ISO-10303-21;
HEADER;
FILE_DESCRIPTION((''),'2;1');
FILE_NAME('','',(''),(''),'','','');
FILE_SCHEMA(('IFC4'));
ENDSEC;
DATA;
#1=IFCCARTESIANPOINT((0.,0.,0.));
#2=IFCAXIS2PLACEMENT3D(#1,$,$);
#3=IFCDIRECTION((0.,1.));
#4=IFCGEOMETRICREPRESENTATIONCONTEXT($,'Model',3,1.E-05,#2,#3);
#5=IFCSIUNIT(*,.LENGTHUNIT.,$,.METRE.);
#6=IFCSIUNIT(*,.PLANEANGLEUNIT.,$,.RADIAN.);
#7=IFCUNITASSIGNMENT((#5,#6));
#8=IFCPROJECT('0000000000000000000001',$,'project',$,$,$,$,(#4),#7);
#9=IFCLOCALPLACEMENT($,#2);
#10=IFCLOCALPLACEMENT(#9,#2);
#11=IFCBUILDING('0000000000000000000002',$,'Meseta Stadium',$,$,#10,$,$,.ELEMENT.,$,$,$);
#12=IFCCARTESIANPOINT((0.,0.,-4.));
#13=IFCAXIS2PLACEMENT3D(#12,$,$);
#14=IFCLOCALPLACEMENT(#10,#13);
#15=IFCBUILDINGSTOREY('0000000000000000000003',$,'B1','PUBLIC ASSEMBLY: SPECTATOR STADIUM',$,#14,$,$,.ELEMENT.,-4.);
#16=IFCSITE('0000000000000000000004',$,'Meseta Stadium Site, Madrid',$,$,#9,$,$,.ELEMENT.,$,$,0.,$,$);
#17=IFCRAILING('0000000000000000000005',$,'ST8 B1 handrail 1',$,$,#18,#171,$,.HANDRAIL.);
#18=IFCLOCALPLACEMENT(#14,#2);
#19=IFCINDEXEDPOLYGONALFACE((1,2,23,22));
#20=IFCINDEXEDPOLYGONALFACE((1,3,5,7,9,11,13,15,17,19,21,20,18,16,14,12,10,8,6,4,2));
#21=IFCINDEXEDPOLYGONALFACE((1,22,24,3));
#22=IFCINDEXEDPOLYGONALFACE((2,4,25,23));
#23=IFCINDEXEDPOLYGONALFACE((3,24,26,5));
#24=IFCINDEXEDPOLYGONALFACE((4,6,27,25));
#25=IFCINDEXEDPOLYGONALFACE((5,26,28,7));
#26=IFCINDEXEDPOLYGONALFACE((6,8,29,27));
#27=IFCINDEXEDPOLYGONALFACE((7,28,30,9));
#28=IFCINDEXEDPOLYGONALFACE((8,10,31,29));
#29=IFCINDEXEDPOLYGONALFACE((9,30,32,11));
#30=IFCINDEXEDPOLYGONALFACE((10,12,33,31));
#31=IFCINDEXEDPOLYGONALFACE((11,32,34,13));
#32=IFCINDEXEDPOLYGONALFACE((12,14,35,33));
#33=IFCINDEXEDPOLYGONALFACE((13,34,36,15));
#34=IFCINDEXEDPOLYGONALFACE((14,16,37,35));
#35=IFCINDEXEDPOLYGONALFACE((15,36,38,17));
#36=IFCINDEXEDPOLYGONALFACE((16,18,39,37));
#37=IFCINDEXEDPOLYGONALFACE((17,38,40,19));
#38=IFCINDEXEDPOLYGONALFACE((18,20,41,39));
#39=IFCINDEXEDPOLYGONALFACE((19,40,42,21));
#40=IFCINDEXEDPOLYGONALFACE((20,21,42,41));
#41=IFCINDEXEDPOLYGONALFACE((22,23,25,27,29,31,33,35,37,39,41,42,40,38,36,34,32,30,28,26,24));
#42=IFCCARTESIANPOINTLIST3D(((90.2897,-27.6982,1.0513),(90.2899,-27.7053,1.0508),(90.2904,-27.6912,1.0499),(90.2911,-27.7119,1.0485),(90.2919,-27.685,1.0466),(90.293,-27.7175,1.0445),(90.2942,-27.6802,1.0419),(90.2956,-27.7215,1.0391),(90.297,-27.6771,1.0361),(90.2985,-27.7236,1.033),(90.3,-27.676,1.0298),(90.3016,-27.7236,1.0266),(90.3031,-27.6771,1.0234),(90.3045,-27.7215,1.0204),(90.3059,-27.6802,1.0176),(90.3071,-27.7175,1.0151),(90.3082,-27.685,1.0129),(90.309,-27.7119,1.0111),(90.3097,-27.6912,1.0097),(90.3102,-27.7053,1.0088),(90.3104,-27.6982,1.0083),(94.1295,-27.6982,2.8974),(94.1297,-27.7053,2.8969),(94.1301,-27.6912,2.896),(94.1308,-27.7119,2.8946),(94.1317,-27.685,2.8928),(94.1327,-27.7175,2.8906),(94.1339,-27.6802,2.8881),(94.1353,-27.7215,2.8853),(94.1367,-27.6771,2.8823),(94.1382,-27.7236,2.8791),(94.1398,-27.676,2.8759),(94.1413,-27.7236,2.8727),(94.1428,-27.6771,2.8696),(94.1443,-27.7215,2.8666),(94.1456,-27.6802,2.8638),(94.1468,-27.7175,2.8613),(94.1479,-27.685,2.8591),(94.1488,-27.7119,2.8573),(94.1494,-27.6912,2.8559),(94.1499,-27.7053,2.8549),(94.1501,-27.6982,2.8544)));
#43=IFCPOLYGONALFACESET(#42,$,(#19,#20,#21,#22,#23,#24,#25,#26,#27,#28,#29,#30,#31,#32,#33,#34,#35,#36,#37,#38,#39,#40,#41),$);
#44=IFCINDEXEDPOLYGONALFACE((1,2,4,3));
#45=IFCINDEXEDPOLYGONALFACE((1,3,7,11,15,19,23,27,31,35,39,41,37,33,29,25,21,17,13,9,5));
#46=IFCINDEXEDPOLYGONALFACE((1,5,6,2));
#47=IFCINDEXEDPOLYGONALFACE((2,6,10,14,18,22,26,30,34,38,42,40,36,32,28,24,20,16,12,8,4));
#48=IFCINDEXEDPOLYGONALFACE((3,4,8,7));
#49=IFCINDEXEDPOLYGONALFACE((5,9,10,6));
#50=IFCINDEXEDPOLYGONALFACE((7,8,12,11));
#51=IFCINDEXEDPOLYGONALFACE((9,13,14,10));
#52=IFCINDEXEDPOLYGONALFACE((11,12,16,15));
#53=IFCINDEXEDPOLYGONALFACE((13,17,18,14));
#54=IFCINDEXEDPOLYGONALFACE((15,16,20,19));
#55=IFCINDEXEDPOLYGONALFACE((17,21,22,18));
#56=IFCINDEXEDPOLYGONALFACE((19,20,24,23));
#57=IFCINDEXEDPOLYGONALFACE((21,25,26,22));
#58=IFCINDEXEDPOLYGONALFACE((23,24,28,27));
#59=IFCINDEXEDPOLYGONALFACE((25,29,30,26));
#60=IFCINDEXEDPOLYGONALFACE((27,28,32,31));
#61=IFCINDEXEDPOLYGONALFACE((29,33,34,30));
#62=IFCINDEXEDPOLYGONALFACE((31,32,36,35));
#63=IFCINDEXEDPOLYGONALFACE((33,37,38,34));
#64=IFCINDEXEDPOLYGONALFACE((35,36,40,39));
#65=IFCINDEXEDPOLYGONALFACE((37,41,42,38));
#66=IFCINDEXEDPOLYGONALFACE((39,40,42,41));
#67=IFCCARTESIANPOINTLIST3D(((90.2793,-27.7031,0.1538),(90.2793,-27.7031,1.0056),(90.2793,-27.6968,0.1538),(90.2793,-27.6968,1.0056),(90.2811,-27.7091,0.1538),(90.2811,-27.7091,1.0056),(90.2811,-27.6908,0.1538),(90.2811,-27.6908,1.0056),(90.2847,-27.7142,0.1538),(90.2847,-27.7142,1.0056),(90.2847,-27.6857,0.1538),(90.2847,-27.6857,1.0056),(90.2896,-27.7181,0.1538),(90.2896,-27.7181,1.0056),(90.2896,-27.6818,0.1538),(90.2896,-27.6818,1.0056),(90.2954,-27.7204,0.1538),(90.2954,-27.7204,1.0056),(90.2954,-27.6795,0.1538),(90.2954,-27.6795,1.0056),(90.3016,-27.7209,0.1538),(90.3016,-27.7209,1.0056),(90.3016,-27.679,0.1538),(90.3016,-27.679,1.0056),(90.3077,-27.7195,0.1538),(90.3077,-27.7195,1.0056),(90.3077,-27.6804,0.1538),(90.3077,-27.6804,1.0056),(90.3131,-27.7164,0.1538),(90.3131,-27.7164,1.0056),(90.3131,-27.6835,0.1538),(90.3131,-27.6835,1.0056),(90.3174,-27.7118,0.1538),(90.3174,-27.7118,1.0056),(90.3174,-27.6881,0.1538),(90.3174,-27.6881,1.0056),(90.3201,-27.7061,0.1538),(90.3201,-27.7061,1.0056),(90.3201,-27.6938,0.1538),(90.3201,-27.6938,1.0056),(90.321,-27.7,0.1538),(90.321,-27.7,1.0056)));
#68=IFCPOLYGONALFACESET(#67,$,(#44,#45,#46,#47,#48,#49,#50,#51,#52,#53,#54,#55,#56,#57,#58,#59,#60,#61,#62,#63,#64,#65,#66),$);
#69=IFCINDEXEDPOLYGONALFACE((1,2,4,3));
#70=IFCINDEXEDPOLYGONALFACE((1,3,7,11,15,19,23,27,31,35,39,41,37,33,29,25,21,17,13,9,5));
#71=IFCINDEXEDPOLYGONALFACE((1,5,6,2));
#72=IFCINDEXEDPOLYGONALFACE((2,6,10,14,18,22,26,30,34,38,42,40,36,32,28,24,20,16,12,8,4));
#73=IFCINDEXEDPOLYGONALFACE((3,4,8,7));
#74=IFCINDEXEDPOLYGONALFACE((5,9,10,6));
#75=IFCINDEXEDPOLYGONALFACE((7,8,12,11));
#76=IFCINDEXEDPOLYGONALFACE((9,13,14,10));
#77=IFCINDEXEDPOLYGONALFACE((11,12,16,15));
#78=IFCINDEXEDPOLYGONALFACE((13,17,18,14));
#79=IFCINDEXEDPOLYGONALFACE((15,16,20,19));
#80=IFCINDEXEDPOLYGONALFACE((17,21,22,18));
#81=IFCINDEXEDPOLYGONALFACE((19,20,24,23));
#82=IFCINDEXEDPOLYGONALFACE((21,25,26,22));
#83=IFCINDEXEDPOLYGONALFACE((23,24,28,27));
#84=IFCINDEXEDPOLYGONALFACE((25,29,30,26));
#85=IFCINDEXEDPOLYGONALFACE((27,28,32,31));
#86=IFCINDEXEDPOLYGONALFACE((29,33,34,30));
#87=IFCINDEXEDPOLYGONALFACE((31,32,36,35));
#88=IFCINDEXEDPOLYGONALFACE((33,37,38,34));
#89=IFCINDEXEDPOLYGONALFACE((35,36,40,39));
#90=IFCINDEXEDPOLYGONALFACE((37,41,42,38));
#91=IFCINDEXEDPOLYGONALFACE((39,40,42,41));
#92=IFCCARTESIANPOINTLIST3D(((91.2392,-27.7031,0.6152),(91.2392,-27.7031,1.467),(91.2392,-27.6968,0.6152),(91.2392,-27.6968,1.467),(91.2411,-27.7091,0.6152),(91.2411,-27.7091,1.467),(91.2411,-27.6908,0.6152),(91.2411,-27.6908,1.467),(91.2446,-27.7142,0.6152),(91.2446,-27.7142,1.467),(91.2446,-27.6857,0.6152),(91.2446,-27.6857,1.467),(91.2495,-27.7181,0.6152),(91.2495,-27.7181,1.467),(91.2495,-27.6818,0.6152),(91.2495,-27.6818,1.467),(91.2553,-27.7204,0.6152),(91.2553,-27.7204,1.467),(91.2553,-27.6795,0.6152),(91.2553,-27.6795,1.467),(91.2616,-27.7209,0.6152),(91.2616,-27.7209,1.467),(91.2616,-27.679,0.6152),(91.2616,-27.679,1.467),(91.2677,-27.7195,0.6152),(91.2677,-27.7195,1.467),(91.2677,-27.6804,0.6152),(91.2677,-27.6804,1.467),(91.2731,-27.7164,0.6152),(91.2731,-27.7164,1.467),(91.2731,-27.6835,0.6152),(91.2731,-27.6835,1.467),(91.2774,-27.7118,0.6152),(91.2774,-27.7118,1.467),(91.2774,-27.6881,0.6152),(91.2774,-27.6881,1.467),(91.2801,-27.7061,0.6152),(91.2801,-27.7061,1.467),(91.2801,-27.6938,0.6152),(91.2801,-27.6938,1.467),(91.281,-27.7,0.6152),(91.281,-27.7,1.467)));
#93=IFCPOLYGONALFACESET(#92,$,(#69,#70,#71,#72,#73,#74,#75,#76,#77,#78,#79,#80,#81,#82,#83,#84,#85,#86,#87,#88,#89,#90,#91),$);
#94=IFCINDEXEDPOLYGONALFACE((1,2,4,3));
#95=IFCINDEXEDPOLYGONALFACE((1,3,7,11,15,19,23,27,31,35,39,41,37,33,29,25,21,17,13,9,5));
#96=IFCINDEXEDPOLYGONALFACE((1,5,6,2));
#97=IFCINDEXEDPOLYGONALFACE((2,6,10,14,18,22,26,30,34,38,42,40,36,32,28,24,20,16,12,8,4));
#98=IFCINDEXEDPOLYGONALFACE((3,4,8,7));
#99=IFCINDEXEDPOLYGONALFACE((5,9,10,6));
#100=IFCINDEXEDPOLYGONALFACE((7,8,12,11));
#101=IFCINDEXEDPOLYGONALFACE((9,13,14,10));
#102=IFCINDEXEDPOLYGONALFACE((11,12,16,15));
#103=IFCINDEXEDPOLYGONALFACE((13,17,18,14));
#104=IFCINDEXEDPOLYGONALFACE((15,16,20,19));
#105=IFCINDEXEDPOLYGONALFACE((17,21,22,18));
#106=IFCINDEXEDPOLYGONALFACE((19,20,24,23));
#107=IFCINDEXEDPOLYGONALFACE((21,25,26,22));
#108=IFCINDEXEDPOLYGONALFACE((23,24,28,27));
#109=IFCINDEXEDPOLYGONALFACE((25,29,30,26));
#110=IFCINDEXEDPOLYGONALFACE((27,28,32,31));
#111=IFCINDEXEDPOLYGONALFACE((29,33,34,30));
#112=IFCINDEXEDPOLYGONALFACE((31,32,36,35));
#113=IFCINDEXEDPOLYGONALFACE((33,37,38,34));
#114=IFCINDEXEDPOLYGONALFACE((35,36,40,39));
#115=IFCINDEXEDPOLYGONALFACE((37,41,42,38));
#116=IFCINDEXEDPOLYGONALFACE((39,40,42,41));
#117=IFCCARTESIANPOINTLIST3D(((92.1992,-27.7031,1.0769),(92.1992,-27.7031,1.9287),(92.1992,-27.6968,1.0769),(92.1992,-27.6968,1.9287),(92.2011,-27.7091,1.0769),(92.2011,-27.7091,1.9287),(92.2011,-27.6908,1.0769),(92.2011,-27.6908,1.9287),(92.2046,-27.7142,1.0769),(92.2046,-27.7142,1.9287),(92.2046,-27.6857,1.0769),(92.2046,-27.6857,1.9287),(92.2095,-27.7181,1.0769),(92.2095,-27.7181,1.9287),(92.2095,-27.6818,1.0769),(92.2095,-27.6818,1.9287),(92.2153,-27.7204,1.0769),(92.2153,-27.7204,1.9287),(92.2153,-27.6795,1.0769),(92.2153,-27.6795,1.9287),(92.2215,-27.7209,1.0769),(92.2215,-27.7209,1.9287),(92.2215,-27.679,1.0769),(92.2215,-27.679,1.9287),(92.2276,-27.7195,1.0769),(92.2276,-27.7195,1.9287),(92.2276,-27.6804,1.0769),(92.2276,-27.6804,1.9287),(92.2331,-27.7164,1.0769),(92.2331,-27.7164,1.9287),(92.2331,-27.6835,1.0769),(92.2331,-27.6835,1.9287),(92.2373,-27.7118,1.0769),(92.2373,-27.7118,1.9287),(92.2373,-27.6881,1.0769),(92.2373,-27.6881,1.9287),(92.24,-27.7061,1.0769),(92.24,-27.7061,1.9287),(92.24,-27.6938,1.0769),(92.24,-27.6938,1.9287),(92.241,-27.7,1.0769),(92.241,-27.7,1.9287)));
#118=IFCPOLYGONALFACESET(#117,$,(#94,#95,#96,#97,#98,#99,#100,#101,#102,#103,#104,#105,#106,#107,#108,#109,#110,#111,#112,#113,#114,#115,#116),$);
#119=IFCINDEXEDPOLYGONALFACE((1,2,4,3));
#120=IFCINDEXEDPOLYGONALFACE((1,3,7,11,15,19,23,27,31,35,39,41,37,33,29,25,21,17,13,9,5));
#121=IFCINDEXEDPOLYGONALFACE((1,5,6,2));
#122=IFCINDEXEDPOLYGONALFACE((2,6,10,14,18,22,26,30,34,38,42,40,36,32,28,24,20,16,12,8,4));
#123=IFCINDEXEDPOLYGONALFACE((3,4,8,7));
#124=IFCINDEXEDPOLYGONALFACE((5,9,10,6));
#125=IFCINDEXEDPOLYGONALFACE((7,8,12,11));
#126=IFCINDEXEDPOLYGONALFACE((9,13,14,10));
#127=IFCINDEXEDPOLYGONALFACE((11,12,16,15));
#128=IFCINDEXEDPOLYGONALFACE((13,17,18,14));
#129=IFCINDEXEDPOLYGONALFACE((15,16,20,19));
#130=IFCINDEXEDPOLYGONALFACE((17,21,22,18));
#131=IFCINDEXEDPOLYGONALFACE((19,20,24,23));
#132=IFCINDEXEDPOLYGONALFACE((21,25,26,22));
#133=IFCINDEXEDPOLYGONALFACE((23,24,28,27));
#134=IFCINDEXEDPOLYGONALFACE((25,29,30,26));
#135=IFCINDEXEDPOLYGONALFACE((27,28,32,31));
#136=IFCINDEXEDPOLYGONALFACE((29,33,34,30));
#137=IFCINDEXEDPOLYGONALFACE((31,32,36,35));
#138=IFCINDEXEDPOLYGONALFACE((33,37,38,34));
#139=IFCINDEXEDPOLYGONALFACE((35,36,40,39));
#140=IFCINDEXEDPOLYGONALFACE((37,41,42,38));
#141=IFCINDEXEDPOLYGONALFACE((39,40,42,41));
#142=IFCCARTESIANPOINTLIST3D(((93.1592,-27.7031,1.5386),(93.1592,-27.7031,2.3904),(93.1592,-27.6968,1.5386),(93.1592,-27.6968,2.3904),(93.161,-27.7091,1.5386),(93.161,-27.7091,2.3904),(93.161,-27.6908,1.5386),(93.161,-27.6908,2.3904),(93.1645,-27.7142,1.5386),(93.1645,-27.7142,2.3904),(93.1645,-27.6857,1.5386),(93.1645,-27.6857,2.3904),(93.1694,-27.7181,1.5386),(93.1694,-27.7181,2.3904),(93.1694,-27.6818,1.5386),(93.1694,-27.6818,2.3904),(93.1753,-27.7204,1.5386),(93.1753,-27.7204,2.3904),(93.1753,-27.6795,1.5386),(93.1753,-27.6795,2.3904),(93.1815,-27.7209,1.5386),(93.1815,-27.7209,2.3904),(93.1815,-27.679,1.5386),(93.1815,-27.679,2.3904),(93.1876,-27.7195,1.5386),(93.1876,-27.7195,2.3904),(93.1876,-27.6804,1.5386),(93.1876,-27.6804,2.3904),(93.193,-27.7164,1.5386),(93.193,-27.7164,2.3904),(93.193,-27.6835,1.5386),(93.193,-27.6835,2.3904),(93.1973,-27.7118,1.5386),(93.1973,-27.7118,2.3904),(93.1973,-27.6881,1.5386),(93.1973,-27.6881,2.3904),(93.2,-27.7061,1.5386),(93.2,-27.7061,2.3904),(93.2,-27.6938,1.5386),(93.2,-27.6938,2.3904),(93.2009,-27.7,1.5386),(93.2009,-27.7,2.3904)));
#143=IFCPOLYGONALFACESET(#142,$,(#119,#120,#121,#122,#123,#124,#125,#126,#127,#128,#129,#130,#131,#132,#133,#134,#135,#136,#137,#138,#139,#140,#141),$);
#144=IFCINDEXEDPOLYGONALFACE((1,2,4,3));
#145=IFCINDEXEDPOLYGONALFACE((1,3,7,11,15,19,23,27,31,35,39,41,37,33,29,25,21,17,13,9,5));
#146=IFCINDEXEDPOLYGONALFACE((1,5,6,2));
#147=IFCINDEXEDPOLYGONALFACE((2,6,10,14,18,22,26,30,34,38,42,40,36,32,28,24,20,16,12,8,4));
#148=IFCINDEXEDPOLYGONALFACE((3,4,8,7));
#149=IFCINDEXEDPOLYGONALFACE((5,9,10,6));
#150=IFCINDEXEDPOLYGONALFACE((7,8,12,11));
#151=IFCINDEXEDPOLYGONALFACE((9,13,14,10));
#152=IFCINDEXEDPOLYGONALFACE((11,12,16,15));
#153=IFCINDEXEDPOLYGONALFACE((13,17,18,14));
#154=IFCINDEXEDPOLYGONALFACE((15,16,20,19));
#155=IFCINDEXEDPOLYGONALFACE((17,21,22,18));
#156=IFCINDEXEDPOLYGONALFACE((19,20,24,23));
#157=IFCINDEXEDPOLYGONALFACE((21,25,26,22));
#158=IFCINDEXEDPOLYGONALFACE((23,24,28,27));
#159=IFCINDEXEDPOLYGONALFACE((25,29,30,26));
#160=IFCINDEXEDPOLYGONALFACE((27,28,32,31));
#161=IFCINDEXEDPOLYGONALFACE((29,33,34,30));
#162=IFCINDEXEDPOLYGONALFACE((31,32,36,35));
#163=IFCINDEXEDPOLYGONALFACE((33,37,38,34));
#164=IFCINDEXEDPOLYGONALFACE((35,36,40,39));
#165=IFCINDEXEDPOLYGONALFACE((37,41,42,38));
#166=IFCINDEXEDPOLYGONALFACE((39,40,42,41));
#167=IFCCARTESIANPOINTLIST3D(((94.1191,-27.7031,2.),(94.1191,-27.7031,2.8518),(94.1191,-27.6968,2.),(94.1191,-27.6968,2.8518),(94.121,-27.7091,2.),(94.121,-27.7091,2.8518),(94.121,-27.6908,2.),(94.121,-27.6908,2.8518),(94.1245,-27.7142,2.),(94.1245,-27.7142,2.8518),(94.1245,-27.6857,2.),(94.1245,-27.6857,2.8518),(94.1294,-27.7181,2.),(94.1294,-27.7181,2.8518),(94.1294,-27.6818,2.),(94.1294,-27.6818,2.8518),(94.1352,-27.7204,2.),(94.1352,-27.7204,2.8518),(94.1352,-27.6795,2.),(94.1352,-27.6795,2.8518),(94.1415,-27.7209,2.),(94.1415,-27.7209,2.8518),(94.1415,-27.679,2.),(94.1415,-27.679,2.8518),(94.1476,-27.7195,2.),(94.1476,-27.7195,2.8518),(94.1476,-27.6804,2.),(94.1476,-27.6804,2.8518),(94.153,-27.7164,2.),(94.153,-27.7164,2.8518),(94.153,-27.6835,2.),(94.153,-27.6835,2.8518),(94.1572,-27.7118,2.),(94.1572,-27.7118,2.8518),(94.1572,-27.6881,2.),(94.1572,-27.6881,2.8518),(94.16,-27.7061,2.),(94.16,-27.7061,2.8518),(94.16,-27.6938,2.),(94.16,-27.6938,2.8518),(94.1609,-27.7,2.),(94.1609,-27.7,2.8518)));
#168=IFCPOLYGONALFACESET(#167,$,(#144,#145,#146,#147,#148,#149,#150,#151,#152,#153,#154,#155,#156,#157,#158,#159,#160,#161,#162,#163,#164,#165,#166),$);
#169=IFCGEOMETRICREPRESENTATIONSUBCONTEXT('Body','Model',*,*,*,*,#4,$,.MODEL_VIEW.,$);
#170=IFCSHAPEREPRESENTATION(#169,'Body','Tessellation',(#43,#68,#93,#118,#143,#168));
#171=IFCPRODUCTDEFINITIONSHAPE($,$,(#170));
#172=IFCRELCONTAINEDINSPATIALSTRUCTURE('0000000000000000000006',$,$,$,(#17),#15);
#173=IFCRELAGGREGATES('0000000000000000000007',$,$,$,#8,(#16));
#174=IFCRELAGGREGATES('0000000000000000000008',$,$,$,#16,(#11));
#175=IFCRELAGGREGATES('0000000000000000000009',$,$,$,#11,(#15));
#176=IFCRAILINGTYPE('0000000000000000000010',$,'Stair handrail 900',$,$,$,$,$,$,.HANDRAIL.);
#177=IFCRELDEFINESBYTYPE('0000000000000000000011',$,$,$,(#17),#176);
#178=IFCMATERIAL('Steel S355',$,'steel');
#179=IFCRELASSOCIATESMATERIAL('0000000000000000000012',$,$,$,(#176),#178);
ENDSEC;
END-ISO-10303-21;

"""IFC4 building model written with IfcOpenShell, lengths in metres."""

from ifc_helpers import new_model, si_unit, direction, frame, origin, origin_2d, place, context, subcontext, project, spatial, circle, extrude, material, type_object, element, save


model = new_model("IFC4")

# Units and contexts
model_context = context("Model", 3, precision=1e-05, world=origin(), true_north=direction((0.0, 1.0)))
body_context = subcontext(model_context, "Body", "Model", "MODEL_VIEW")
ifc_project = project(units=[si_unit("LENGTHUNIT", "METRE"), si_unit("PLANEANGLEUNIT", "RADIAN")], contexts=[model_context])

# Site, building, storey
site_placement = place(None, origin())
site = spatial("IfcSite", under=ifc_project, at=site_placement, Name="Meseta Stadium Site, Madrid", CompositionType="ELEMENT", RefElevation=0.0)
building_placement = place(site_placement, origin())
building = spatial("IfcBuilding", under=site, at=building_placement, Name="Meseta Stadium", CompositionType="ELEMENT")
storey_placement = place(building_placement, frame((0.0, 0.0, -4.0)))
storey = spatial("IfcBuildingStorey", under=building, at=storey_placement, Name="B1", Description="PUBLIC ASSEMBLY: SPECTATOR STADIUM", CompositionType="ELEMENT", Elevation=-4.0)

# Railing
ifc_material_1 = material(Name="Steel S355", Category="steel")
railing_type_1 = type_object("IfcRailingType", Name="Stair handrail 900", PredefinedType="HANDRAIL", material=ifc_material_1)
for number, where, name in (
    (1, (90.3, -27.7, 0.1538), "ST8 B1 handrail 1"),
):
    element("IfcRailing", number, at=place(storey_placement, frame(where)), inside=storey, type_object=railing_type_1, Name=name, PredefinedType="HANDRAIL", context=body_context, shape_type="SweptSolid", body=[
        extrude(circle(Radius=0.0239, at=origin_2d()), frame((0.0, 0.0, 0.876), z_axis=(0.901242, 0.0, 0.433316), x_axis=(0.0, 1.0, 0.0)), (0.0, 0.0, 1.0), 4.2605),
        extrude(circle(Radius=0.021, at=origin_2d()), origin(), (0.0, 0.0, 1.0), 0.8518),
        extrude(circle(Radius=0.021, at=origin_2d()), frame((0.96, 0.0, 0.4614)), (0.0, 0.0, 1.0), 0.8518),
        extrude(circle(Radius=0.021, at=origin_2d()), frame((1.9199, 0.0, 0.9231)), (0.0, 0.0, 1.0), 0.8518),
        extrude(circle(Radius=0.021, at=origin_2d()), frame((2.8799, 0.0, 1.3848)), (0.0, 0.0, 1.0), 0.8518),
        extrude(circle(Radius=0.021, at=origin_2d()), frame((3.8398, 0.0, 1.8462)), (0.0, 0.0, 1.0), 0.8518),
    ])

save(model, "model.ifc")
